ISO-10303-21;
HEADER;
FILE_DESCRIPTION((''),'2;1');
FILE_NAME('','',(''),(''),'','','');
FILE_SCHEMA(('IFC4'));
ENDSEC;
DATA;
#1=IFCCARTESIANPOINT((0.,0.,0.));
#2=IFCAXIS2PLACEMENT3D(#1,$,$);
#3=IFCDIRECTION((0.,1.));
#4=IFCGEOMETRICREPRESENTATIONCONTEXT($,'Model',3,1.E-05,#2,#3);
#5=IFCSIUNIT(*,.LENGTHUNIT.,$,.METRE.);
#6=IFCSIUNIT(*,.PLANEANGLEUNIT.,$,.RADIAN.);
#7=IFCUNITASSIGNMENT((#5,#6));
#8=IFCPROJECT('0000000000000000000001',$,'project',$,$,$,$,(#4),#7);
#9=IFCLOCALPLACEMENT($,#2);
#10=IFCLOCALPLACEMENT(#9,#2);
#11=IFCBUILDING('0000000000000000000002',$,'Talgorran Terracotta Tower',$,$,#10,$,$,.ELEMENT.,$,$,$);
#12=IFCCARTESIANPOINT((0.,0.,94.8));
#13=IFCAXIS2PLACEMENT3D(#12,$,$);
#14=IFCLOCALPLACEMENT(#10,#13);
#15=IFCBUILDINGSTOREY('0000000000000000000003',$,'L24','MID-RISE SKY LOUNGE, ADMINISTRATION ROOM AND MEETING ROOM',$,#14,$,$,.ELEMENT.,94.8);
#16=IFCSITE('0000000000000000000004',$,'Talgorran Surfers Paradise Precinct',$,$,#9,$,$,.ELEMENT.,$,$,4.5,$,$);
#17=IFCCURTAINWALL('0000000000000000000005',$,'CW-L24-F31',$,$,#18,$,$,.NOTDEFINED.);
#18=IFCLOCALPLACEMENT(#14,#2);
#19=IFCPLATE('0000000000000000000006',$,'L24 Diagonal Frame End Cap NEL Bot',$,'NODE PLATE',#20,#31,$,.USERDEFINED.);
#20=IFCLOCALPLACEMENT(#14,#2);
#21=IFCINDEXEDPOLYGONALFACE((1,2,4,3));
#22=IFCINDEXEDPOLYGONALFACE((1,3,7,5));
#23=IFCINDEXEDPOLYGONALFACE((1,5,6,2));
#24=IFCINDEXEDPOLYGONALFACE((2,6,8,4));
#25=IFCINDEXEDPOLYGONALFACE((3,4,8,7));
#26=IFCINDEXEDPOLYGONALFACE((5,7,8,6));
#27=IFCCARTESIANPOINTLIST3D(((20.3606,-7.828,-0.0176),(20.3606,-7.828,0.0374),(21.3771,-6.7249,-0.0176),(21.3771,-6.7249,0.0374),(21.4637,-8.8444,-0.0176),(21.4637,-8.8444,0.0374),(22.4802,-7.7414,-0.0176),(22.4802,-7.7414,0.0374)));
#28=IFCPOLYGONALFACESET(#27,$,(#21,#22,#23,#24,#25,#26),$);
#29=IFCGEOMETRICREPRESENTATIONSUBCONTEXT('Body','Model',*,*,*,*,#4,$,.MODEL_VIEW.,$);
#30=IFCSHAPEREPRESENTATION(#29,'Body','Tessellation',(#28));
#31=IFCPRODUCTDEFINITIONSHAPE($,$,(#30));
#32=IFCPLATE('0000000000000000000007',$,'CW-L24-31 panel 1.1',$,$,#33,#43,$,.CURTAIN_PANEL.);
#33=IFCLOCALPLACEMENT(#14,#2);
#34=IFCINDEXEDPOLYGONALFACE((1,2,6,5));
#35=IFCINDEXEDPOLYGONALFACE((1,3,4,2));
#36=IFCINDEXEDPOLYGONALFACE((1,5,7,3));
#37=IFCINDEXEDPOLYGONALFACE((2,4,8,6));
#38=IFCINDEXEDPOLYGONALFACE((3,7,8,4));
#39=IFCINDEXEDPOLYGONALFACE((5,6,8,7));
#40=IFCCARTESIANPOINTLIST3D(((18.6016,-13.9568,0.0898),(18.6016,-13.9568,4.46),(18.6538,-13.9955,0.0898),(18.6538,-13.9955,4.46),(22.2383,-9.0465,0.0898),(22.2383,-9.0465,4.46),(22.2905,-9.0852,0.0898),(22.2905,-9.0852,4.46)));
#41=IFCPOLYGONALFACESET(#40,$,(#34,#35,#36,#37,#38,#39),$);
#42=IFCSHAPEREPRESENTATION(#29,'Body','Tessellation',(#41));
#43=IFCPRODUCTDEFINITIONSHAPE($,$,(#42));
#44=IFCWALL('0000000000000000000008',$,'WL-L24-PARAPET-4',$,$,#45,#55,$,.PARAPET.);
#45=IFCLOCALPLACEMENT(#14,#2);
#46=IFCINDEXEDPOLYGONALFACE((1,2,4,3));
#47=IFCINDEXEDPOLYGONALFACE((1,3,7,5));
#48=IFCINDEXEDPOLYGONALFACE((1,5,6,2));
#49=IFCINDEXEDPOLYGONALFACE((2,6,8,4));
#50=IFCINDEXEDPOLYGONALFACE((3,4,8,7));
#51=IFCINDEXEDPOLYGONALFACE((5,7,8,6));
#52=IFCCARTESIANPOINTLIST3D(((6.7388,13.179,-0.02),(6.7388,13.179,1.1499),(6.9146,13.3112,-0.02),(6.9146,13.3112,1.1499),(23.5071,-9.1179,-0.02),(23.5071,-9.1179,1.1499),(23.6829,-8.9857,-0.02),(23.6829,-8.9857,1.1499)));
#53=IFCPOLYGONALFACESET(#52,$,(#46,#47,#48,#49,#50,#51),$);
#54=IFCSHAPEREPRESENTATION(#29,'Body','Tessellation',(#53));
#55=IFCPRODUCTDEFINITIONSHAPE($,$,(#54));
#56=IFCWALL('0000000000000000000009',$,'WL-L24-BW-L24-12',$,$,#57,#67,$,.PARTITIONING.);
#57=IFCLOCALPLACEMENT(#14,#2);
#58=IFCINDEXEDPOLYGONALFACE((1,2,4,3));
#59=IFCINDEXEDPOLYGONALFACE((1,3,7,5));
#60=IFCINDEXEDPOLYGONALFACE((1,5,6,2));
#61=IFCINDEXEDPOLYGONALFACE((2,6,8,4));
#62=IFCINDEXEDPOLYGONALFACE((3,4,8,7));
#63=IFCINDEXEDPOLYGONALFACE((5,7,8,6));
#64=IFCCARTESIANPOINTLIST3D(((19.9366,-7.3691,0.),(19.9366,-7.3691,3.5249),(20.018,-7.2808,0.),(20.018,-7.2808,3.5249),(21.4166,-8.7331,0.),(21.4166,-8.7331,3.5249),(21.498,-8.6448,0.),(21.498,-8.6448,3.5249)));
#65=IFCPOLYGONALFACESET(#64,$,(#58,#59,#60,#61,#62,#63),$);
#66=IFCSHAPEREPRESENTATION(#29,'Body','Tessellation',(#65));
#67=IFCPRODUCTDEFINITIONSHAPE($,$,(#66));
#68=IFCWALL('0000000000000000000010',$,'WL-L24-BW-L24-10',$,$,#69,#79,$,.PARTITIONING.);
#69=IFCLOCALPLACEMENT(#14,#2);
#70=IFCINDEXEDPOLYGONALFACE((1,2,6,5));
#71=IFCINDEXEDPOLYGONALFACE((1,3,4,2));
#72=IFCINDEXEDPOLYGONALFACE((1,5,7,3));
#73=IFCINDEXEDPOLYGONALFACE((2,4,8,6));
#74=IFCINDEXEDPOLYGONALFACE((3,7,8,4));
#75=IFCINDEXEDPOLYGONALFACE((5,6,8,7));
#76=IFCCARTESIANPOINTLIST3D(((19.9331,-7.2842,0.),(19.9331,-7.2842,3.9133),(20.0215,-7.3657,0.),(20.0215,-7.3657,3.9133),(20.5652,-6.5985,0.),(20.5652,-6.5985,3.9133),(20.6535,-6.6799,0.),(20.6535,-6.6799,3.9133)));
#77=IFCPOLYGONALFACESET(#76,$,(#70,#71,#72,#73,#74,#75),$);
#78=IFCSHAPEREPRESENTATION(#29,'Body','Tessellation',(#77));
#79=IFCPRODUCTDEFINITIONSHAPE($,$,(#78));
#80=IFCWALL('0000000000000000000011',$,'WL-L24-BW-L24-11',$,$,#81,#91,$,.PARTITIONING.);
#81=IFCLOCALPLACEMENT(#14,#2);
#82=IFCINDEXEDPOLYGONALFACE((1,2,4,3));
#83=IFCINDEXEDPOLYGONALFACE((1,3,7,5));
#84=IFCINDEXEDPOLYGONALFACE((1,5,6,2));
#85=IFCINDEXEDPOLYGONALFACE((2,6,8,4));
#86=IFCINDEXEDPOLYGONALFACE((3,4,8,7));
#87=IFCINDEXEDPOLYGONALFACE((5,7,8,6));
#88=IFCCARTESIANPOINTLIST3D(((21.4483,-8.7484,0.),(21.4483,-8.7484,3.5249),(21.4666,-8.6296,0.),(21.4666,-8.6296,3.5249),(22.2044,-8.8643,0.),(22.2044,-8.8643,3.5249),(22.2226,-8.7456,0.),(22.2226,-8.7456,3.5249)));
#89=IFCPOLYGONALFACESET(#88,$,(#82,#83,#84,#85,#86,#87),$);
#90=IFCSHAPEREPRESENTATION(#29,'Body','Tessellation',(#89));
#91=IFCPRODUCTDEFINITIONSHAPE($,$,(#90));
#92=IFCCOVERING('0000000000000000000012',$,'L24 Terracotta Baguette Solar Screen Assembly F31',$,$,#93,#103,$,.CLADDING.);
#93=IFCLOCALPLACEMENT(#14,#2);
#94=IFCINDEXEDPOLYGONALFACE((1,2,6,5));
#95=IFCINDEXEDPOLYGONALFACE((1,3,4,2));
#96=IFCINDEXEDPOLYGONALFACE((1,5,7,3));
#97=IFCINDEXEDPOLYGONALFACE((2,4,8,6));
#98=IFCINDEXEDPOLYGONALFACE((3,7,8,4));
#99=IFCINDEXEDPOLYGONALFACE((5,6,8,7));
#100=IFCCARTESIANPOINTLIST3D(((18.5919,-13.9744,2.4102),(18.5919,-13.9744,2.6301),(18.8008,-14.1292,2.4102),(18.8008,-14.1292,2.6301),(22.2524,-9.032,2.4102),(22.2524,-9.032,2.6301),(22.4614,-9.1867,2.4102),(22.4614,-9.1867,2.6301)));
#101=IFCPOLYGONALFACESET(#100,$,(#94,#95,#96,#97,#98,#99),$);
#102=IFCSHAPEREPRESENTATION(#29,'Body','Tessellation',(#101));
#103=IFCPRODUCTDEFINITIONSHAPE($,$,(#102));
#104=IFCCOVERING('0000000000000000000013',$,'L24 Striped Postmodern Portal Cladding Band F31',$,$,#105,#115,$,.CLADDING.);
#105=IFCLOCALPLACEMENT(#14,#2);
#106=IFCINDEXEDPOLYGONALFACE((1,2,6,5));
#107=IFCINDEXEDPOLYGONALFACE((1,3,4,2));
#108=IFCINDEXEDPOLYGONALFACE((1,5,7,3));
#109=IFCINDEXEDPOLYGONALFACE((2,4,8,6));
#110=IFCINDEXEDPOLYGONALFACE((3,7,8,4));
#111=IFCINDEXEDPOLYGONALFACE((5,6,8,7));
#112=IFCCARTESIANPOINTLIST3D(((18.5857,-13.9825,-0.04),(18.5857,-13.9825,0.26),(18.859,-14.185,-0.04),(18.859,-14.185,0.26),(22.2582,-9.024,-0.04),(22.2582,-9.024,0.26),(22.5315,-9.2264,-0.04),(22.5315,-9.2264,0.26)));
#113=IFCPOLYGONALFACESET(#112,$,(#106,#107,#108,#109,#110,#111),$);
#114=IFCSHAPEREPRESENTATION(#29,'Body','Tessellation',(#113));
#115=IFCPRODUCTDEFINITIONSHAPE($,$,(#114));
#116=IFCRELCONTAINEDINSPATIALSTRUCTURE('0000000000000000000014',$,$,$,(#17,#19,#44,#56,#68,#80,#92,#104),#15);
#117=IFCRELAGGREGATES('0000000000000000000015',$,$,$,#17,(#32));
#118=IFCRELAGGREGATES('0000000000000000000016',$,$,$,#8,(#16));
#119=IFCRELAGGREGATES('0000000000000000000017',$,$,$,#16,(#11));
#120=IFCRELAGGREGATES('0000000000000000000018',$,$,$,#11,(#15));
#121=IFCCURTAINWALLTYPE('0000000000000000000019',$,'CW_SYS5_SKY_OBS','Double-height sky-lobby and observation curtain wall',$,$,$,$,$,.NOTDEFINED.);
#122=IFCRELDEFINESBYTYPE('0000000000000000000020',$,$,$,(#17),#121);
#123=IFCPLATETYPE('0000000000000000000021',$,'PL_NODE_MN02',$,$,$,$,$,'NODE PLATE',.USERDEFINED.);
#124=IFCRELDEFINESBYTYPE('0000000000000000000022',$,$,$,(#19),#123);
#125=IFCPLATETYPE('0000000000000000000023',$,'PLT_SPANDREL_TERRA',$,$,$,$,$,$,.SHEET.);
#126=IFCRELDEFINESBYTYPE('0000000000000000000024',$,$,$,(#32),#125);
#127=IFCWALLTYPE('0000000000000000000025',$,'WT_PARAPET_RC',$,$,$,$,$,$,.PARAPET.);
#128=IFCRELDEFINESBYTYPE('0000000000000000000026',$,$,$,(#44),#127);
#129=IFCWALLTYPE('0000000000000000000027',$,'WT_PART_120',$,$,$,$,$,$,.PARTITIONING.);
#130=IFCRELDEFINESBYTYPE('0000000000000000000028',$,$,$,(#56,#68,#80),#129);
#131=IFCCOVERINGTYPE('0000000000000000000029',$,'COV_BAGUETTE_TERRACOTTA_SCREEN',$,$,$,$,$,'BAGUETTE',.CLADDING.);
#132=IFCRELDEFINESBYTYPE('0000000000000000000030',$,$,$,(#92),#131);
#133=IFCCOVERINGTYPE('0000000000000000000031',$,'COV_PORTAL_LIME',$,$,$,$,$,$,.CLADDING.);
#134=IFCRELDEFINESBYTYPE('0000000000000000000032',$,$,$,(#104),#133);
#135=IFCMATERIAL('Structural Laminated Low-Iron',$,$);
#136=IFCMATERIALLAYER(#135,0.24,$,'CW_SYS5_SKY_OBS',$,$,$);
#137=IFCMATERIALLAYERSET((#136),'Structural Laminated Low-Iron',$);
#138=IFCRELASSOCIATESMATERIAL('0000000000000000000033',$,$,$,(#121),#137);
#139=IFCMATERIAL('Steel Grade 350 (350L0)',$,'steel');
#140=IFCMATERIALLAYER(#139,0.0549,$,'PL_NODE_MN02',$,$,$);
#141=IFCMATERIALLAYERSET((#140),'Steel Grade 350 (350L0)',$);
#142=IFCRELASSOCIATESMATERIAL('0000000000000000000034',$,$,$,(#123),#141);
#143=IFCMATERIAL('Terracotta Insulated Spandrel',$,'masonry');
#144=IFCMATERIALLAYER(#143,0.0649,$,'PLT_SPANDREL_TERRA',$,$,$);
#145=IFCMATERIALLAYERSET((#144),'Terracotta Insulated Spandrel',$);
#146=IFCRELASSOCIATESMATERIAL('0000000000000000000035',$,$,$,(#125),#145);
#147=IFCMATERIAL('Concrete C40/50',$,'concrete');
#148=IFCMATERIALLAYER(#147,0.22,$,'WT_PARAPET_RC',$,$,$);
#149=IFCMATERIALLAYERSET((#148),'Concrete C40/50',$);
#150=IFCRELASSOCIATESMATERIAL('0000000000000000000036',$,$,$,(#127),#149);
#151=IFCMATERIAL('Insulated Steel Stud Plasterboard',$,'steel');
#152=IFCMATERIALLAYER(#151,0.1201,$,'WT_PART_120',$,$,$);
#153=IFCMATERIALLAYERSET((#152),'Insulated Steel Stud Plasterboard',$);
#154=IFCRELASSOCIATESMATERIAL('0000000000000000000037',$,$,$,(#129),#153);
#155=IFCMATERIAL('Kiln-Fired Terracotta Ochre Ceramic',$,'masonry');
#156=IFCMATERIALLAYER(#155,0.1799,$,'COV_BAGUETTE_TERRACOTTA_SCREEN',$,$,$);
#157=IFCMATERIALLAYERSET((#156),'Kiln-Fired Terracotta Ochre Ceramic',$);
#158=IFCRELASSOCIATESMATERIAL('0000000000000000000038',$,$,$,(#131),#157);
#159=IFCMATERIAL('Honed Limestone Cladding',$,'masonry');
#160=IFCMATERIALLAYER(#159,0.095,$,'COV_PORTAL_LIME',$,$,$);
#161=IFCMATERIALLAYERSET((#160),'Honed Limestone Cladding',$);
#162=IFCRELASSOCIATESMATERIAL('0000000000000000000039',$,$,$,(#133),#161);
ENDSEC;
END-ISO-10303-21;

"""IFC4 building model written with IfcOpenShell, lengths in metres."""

from ifc_helpers import new_model, si_unit, direction, frame, frame_2d, origin, origin_2d, place, context, subcontext, project, spatial, rectangle, extrude, source, transform, mapped, material, layer, layer_set, type_object, type_shapes, element, aggregate, save


model = new_model("IFC4")

# Units and contexts
model_context = context("Model", 3, precision=1e-05, world=origin(), true_north=direction((0.0, 1.0)))
body_context = subcontext(model_context, "Body", "Model", "MODEL_VIEW")
ifc_project = project(units=[si_unit("LENGTHUNIT", "METRE"), si_unit("PLANEANGLEUNIT", "RADIAN")], contexts=[model_context])

# Site, building, storey
site_placement = place(None, origin())
site = spatial("IfcSite", under=ifc_project, at=site_placement, Name="Talgorran Surfers Paradise Precinct", CompositionType="ELEMENT", RefElevation=4.5)
building_placement = place(site_placement, origin())
building = spatial("IfcBuilding", under=site, at=building_placement, Name="Talgorran Terracotta Tower", CompositionType="ELEMENT")
storey_placement = place(building_placement, frame((0.0, 0.0, 94.8)))
storey = spatial("IfcBuildingStorey", under=building, at=storey_placement, Name="L24", Description="MID-RISE SKY LOUNGE, ADMINISTRATION ROOM AND MEETING ROOM", CompositionType="ELEMENT", Elevation=94.8)

# Shared definitions
ifc_material_1 = material(Name="Steel Grade 350 (350L0)", Category="steel")

# Curtain wall
ifc_material_2 = material(Name="Structural Laminated Low-Iron")
ifc_layer_1 = layer(ifc_material_2, 0.24, Name="CW_SYS5_SKY_OBS")
ifc_layer_set_1 = layer_set([ifc_layer_1], Name="Structural Laminated Low-Iron")
curtain_wall_type = type_object("IfcCurtainWallType", Name="CW_SYS5_SKY_OBS", Description="Double-height sky-lobby and observation curtain wall", PredefinedType="NOTDEFINED", material=ifc_layer_set_1)
curtain_wall_1_placement = place(storey_placement, origin())
curtain_wall_1 = element("IfcCurtainWall", 1, at=curtain_wall_1_placement, inside=storey, type_object=curtain_wall_type, Name="CW-L24-F31", PredefinedType="NOTDEFINED")

# Plate
ifc_layer_2 = layer(ifc_material_1, 0.0549, Name="PL_NODE_MN02")
ifc_layer_set_2 = layer_set([ifc_layer_2], Name="Steel Grade 350 (350L0)")
plate_type_1 = type_object("IfcPlateType", Name="PL_NODE_MN02", ElementType="NODE PLATE", PredefinedType="USERDEFINED", material=ifc_layer_set_2)
plate_1_placement = place(storey_placement, frame((21.4204, -7.7847, -0.0176), z_axis=(0.0, 0.0, 1.0), x_axis=(-0.735388, 0.677646, 0.0)))
element("IfcPlate", 2, at=plate_1_placement, inside=storey, type_object=plate_type_1, Name="L24 Diagonal Frame End Cap NEL Bot", ObjectType="NODE PLATE", PredefinedType="USERDEFINED", context=body_context, shape_type="SweptSolid", body=[
    extrude(rectangle(XDim=1.5, YDim=1.5, at=origin_2d()), origin(), (0.0, 0.0, 1.0), 0.0549),
])

# Plate
ifc_material_3 = material(Name="Terracotta Insulated Spandrel", Category="masonry")
ifc_layer_3 = layer(ifc_material_3, 0.0649, Name="PLT_SPANDREL_TERRA")
ifc_layer_set_3 = layer_set([ifc_layer_3], Name="Terracotta Insulated Spandrel")
plate_type_2 = type_object("IfcPlateType", Name="PLT_SPANDREL_TERRA", PredefinedType="SHEET", material=ifc_layer_set_3)
shared_shape = source(origin(), body_context, "Body", "SweptSolid", [
    extrude(rectangle(XDim=6.1104, YDim=0.0649, at=origin_2d()), origin(), (0.0, 0.0, 1.0), 4.3701),
])
type_shapes(plate_type_2, [shared_shape])
plate_2_placement = place(storey_placement, frame((20.446, -11.521, 0.0898), z_axis=(0.0, 0.0, 1.0), x_axis=(0.595169, 0.803601, 0.0)))
plate_2 = element("IfcPlate", 3, at=plate_2_placement, type_object=plate_type_2, Name="CW-L24-31 panel 1.1", PredefinedType="CURTAIN_PANEL", context=body_context, shape_type="MappedRepresentation", body=[
    mapped(shared_shape, transform((0.0, 0.0, 0.0), scale=1.0)),
])
aggregate(curtain_wall_1, [plate_2])

# Walls
ifc_material_4 = material(Name="Concrete C40/50", Category="concrete")
ifc_layer_4 = layer(ifc_material_4, 0.22, Name="WT_PARAPET_RC")
ifc_layer_set_4 = layer_set([ifc_layer_4], Name="Concrete C40/50")
wall_type_1 = type_object("IfcWallType", Name="WT_PARAPET_RC", PredefinedType="PARAPET", material=ifc_layer_set_4)
wall_1_placement = place(storey_placement, frame((23.595, -9.0518, -0.02), z_axis=(0.0, 0.0, 1.0), x_axis=(-0.601047, 0.799214, 0.0)))
element("IfcWall", 4, at=wall_1_placement, inside=storey, type_object=wall_type_1, Name="WL-L24-PARAPET-4", PredefinedType="PARAPET", context=body_context, shape_type="SweptSolid", body=[
    extrude(rectangle(XDim=27.8984, YDim=0.22, at=frame_2d((13.9492, 0.0))), origin(), (0.0, 0.0, 1.0), 1.1699),
])
ifc_material_5 = material(Name="Insulated Steel Stud Plasterboard", Category="steel")
ifc_layer_5 = layer(ifc_material_5, 0.1201, Name="WT_PART_120")
ifc_layer_set_5 = layer_set([ifc_layer_5], Name="Insulated Steel Stud Plasterboard")
wall_type_2 = type_object("IfcWallType", Name="WT_PART_120", PredefinedType="PARTITIONING", material=ifc_layer_set_5)
wall_2_placement = place(storey_placement, frame((21.4573, -8.689, 0.0), z_axis=(0.0, 0.0, 1.0), x_axis=(-0.735329, 0.677711, 0.0)))
element("IfcWall", 5, at=wall_2_placement, inside=storey, type_object=wall_type_2, Name="WL-L24-BW-L24-12", PredefinedType="PARTITIONING", context=body_context, shape_type="SweptSolid", body=[
    extrude(rectangle(XDim=2.0127, YDim=0.1201, at=frame_2d((1.0063, 0.0))), origin(), (0.0, 0.0, 1.0), 3.5249),
])
wall_3_placement = place(storey_placement, frame((19.9773, -7.325, 0.0), z_axis=(0.0, 0.0, 1.0), x_axis=(0.677725, 0.735315, 0.0)))
element("IfcWall", 6, at=wall_3_placement, inside=storey, type_object=wall_type_2, Name="WL-L24-BW-L24-10", PredefinedType="PARTITIONING", context=body_context, shape_type="SweptSolid", body=[
    extrude(rectangle(XDim=0.9326, YDim=0.1201, at=frame_2d((0.4663, 0.0))), origin(), (0.0, 0.0, 1.0), 3.9133),
])
wall_4_placement = place(storey_placement, frame((22.2134, -8.8049, 0.0), z_axis=(0.0, 0.0, 1.0), x_axis=(-0.988442, 0.151601, 0.0)))
element("IfcWall", 7, at=wall_4_placement, inside=storey, type_object=wall_type_2, Name="WL-L24-BW-L24-11", PredefinedType="PARTITIONING", context=body_context, shape_type="SweptSolid", body=[
    extrude(rectangle(XDim=0.7649, YDim=0.1201, at=frame_2d((0.3823, 0.0))), origin(), (0.0, 0.0, 1.0), 3.5249),
])

# Coverings
ifc_material_6 = material(Name="Kiln-Fired Terracotta Ochre Ceramic", Category="masonry")
ifc_layer_6 = layer(ifc_material_6, 0.1799, Name="COV_BAGUETTE_TERRACOTTA_SCREEN")
ifc_layer_set_6 = layer_set([ifc_layer_6], Name="Kiln-Fired Terracotta Ochre Ceramic")
covering_type_1 = type_object("IfcCoveringType", Name="COV_BAGUETTE_TERRACOTTA_SCREEN", ElementType="BAGUETTE", PredefinedType="CLADDING", material=ifc_layer_set_6)
covering_1_placement = place(storey_placement, frame((20.5266, -11.5806, 2.4102), z_axis=(0.0, 0.0, 1.0), x_axis=(0.595173, 0.803597, 0.0)))
element("IfcCovering", 8, at=covering_1_placement, inside=storey, type_object=covering_type_1, Name="L24 Terracotta Baguette Solar Screen Assembly F31", PredefinedType="CLADDING", context=body_context, shape_type="SweptSolid", body=[
    extrude(rectangle(XDim=6.1504, YDim=0.26, at=origin_2d()), origin(), (0.0, 0.0, 1.0), 0.22),
])
ifc_material_7 = material(Name="Honed Limestone Cladding", Category="masonry")
ifc_layer_7 = layer(ifc_material_7, 0.095, Name="COV_PORTAL_LIME")
ifc_layer_set_7 = layer_set([ifc_layer_7], Name="Honed Limestone Cladding")
covering_type_2 = type_object("IfcCoveringType", Name="COV_PORTAL_LIME", PredefinedType="CLADDING", material=ifc_layer_set_7)
covering_2_placement = place(storey_placement, frame((20.5586, -11.6045, -0.04), z_axis=(0.0, 0.0, 1.0), x_axis=(0.595173, 0.803597, 0.0)))
element("IfcCovering", 9, at=covering_2_placement, inside=storey, type_object=covering_type_2, Name="L24 Striped Postmodern Portal Cladding Band F31", PredefinedType="CLADDING", context=body_context, shape_type="SweptSolid", body=[
    extrude(rectangle(XDim=6.1704, YDim=0.3401, at=origin_2d()), origin(), (0.0, 0.0, 1.0), 0.3),
])

save(model, "model.ifc")
